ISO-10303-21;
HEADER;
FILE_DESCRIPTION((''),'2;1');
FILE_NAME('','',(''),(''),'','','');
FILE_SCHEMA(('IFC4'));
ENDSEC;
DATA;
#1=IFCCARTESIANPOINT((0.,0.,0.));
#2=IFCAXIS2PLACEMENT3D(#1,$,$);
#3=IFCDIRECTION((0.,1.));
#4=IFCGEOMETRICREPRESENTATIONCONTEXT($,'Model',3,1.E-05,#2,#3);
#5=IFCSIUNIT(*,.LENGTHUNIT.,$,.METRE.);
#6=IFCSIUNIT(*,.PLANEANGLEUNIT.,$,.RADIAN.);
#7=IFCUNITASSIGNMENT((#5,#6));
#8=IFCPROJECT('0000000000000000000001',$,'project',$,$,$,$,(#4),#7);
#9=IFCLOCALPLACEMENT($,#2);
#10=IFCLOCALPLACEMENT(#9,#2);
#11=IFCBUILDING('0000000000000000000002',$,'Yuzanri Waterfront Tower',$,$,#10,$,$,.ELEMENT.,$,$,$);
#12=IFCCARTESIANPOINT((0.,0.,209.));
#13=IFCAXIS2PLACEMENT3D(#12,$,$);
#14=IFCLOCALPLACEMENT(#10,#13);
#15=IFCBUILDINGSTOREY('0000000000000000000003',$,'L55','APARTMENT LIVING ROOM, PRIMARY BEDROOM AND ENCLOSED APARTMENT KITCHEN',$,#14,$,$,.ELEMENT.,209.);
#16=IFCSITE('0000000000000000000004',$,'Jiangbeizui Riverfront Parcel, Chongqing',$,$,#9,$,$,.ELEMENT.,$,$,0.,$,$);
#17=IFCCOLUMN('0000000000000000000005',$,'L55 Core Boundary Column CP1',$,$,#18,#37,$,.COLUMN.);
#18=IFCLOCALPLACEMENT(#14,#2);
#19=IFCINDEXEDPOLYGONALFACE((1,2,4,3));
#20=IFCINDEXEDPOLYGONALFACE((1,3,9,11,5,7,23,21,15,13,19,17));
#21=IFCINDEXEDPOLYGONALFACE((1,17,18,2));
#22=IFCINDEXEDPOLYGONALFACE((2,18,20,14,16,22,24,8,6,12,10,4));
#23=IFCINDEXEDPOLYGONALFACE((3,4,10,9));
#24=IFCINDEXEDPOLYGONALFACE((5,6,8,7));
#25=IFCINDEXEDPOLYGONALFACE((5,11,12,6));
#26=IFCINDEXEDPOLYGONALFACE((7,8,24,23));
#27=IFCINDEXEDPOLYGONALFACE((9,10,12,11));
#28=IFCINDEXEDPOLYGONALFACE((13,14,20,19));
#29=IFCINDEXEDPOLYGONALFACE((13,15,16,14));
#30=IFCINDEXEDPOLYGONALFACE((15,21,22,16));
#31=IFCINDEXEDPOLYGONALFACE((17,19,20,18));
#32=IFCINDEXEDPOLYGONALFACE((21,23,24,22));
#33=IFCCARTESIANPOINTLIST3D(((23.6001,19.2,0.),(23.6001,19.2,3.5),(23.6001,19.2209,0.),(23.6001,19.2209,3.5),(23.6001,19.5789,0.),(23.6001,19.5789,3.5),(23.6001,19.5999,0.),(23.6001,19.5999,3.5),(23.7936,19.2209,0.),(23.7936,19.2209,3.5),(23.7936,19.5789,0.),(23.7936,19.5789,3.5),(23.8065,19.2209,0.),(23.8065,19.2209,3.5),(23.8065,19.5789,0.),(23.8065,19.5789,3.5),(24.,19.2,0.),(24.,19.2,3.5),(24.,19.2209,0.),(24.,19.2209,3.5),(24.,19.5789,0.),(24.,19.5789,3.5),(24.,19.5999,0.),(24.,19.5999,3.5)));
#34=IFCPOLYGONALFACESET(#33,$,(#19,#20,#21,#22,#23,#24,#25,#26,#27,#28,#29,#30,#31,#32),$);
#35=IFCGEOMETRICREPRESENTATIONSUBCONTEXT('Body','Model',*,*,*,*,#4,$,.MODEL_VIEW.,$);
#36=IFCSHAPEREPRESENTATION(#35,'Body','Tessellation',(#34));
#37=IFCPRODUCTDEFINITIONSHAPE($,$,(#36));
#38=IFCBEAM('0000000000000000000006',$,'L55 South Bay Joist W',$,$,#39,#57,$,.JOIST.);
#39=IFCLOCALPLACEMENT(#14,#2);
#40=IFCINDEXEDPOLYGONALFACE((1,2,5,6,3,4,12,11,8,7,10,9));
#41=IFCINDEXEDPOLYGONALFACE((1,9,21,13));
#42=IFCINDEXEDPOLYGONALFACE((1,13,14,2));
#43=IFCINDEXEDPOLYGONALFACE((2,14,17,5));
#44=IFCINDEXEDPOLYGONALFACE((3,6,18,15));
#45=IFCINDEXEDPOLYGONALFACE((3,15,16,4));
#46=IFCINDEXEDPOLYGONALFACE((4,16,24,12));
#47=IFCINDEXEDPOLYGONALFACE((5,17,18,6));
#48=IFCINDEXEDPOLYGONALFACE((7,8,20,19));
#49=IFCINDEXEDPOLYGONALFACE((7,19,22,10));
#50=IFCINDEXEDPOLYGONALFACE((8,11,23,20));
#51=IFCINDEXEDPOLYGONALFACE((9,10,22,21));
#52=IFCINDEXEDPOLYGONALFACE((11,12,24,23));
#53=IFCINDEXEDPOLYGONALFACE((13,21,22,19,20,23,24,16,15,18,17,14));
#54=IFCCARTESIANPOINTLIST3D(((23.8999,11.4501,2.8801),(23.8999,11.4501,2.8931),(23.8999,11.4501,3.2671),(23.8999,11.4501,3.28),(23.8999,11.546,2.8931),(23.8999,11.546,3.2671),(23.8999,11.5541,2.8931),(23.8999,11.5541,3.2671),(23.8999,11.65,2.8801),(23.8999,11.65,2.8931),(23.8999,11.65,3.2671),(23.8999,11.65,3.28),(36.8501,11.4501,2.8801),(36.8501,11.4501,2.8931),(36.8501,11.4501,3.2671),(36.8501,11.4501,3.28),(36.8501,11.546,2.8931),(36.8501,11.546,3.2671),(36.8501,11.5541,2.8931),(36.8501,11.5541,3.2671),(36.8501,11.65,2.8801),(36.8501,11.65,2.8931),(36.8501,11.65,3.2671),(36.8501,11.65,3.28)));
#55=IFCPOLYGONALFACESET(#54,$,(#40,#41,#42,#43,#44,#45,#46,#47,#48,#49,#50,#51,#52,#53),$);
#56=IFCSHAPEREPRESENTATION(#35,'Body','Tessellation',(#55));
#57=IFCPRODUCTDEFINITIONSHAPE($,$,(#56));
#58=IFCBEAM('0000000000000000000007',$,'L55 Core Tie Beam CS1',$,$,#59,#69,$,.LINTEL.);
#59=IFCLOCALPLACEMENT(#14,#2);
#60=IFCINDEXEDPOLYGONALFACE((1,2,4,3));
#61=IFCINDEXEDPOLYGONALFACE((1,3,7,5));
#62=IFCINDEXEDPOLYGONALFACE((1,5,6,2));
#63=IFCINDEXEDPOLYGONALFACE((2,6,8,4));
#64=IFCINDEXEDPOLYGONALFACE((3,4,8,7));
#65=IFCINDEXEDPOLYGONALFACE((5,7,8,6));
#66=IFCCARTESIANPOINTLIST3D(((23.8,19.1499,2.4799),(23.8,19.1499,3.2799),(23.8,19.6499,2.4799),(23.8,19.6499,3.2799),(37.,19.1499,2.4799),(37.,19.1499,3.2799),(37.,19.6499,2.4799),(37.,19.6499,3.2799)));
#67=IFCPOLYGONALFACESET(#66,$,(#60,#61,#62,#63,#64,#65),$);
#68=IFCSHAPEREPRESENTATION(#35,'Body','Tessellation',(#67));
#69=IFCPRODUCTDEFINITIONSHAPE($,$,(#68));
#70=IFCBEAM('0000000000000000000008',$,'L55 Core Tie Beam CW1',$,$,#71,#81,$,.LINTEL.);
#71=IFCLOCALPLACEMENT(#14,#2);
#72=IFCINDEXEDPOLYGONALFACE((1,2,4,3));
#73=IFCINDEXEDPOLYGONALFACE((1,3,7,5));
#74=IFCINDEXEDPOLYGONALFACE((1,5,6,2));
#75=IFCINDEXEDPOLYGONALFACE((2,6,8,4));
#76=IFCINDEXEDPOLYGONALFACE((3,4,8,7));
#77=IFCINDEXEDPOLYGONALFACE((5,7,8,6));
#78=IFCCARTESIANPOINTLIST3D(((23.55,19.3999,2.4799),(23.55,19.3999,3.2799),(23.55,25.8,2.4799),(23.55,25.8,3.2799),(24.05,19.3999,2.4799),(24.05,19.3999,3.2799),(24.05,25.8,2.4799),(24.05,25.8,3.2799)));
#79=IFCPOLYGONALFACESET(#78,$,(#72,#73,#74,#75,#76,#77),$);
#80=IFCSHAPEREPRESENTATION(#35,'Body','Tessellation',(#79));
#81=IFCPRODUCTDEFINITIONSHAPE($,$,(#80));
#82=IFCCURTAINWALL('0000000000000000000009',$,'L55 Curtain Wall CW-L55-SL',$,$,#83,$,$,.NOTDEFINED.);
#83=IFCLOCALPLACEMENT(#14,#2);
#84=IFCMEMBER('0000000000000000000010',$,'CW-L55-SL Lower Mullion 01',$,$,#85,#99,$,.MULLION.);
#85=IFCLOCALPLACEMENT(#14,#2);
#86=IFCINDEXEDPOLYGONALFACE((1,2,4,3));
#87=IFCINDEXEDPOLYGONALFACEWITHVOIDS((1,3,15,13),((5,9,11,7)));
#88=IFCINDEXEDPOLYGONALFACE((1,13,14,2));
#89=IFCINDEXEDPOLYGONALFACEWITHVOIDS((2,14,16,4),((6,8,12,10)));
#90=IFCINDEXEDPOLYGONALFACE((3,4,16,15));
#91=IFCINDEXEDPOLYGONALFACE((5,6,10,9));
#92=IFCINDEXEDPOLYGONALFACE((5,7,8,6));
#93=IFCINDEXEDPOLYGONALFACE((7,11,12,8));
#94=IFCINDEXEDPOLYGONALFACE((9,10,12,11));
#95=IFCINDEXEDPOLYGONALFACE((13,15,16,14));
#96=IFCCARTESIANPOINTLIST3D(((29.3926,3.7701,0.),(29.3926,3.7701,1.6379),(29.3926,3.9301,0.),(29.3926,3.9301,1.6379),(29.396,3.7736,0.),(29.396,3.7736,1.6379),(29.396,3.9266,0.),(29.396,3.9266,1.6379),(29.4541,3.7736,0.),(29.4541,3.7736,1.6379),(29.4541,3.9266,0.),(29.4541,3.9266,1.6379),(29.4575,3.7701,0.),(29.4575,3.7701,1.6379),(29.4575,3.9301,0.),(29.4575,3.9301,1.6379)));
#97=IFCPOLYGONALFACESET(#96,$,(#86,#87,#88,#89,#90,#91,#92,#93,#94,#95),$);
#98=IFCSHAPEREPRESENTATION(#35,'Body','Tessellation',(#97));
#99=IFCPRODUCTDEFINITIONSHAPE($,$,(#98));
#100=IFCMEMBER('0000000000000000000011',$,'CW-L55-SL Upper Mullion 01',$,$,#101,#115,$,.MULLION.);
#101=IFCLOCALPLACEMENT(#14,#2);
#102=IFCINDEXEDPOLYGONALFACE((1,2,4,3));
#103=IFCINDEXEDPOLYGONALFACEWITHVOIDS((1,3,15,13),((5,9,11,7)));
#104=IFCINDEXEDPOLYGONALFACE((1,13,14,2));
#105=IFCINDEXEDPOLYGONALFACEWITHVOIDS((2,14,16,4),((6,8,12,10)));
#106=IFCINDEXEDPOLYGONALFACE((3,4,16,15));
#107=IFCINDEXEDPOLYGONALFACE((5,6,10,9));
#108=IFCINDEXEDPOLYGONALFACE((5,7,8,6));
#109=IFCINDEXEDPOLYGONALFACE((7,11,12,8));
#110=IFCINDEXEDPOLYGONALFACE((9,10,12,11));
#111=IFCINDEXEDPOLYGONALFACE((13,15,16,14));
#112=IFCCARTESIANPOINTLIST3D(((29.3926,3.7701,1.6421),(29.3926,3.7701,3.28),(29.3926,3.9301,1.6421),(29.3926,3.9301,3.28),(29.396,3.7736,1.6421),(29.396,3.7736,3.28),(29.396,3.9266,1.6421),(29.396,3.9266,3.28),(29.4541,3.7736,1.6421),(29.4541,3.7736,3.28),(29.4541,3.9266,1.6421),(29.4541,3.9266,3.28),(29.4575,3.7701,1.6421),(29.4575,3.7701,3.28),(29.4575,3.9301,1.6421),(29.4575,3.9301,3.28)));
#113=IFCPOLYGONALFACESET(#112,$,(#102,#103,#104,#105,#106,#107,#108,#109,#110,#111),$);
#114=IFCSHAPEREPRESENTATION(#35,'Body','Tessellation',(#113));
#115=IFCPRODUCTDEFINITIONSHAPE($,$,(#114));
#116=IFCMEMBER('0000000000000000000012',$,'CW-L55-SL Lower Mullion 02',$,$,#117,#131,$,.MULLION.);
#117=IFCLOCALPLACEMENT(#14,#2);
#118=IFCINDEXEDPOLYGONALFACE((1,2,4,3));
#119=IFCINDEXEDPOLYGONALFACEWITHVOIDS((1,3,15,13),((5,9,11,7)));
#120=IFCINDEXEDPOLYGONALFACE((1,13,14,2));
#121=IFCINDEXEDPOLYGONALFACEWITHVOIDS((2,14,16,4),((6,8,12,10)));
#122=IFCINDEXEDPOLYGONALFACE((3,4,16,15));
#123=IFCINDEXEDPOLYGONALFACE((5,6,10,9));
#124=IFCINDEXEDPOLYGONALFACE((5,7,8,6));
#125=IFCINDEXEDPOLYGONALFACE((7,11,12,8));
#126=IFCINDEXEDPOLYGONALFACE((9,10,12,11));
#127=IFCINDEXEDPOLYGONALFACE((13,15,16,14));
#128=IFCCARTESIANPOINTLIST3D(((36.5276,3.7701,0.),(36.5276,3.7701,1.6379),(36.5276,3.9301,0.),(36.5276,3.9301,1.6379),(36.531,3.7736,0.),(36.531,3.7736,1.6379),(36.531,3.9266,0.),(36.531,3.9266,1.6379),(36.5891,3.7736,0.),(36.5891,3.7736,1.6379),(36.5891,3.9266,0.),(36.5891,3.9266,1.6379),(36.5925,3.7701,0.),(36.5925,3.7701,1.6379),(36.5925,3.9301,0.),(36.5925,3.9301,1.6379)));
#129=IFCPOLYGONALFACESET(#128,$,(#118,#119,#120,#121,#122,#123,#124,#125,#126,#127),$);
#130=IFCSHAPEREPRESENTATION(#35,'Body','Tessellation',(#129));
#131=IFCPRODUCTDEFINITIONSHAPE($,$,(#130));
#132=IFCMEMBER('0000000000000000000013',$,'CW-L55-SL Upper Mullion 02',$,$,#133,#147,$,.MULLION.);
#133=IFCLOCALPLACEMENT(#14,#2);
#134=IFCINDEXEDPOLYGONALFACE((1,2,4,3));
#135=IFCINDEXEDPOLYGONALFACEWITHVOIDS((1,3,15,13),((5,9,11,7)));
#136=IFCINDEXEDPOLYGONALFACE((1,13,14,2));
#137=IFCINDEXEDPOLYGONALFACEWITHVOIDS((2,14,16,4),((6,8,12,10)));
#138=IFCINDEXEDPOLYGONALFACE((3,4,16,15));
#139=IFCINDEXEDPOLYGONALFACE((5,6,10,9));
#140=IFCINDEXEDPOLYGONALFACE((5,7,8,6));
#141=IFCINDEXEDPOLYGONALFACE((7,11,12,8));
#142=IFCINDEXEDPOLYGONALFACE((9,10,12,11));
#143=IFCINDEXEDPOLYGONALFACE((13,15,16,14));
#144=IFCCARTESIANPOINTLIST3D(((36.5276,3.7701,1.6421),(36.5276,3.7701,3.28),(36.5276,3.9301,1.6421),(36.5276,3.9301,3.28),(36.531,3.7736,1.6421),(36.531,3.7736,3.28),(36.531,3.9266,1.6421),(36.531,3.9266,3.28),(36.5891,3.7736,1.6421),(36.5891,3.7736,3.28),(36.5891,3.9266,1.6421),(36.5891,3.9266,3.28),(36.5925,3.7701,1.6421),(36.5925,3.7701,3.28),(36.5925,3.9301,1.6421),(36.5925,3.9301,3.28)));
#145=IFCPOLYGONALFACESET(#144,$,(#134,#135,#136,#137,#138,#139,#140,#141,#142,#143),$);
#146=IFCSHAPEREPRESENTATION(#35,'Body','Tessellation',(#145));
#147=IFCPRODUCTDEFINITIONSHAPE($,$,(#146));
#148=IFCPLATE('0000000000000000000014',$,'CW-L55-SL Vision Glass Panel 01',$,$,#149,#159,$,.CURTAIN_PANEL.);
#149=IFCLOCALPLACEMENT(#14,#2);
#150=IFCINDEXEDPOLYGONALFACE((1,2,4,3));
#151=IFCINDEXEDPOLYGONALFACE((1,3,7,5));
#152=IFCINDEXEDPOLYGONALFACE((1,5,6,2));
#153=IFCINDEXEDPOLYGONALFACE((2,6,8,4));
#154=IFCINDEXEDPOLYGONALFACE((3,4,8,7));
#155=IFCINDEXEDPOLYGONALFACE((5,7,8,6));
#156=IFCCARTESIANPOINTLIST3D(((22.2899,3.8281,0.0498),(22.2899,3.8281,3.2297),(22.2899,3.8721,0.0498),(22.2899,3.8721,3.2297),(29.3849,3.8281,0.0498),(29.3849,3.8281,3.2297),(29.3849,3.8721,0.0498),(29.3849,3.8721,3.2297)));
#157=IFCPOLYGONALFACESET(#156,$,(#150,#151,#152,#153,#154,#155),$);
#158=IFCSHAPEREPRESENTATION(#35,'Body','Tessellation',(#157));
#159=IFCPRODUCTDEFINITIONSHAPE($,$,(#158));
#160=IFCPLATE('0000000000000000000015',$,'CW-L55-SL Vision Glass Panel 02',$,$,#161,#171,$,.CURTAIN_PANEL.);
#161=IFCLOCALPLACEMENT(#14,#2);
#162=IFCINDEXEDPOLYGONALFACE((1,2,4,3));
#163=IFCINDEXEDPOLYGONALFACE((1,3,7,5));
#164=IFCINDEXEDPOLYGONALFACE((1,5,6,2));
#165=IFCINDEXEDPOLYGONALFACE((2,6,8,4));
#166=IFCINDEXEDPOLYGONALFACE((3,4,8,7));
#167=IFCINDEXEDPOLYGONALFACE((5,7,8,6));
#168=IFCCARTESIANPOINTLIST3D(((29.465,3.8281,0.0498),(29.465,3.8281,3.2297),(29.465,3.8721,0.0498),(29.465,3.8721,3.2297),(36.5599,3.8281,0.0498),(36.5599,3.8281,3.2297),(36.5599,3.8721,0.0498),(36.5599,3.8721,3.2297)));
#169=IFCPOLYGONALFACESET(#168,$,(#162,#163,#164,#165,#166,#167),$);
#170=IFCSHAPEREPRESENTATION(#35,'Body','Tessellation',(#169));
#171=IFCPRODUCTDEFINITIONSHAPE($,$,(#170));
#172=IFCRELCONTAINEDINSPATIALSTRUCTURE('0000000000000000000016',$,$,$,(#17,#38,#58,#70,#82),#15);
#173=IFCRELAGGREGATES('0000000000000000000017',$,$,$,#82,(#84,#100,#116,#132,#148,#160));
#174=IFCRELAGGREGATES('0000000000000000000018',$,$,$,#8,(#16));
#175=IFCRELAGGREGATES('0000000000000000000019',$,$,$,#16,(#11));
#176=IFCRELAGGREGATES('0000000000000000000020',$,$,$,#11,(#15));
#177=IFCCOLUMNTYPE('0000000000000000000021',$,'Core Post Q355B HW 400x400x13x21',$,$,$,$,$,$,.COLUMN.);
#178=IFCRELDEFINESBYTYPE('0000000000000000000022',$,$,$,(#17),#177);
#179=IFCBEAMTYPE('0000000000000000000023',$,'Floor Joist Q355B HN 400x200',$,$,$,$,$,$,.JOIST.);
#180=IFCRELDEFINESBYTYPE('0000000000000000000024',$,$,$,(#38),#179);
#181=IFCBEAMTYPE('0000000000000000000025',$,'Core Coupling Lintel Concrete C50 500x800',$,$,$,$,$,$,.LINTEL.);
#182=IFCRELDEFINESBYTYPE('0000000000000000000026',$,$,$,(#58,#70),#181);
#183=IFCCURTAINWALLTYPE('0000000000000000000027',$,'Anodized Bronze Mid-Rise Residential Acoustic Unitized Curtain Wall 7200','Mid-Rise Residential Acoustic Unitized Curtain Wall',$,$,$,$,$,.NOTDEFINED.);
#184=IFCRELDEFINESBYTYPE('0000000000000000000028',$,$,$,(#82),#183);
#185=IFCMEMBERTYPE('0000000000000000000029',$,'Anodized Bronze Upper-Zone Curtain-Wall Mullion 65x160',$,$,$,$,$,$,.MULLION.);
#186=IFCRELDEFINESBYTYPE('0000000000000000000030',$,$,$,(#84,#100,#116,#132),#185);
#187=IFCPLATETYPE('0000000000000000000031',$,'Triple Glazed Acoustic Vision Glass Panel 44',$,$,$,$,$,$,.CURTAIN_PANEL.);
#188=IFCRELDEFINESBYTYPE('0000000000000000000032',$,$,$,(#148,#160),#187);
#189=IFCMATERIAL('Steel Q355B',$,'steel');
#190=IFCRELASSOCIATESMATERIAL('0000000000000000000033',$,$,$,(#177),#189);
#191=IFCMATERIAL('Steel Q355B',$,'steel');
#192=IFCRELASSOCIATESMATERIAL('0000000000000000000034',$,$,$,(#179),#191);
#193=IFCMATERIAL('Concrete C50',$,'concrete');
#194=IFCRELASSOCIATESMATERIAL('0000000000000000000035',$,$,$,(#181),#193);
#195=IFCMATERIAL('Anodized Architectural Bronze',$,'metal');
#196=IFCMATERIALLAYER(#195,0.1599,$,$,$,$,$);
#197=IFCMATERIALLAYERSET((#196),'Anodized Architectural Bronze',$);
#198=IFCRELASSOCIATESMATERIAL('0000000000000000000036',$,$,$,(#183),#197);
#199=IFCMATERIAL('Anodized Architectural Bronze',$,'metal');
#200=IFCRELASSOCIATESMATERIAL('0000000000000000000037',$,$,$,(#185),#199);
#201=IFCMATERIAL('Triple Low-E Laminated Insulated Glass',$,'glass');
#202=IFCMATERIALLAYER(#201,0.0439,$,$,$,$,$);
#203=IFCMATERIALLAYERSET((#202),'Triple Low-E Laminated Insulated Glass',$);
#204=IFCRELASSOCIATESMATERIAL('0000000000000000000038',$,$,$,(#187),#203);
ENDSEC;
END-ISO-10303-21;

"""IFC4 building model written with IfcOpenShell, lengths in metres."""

from ifc_helpers import new_model, si_unit, direction, frame, origin, origin_2d, place, context, subcontext, project, spatial, rectangle, hollow_rectangle, i_section, extrude, source, transform, mapped, material, layer, layer_set, material_profile, profile_set, type_object, element, aggregate, save


model = new_model("IFC4")

# Units and contexts
model_context = context("Model", 3, precision=1e-05, world=origin(), true_north=direction((0.0, 1.0)))
body_context = subcontext(model_context, "Body", "Model", "MODEL_VIEW")
ifc_project = project(units=[si_unit("LENGTHUNIT", "METRE"), si_unit("PLANEANGLEUNIT", "RADIAN")], contexts=[model_context])

# Site, building, storey
site_placement = place(None, origin())
site = spatial("IfcSite", under=ifc_project, at=site_placement, Name="Jiangbeizui Riverfront Parcel, Chongqing", CompositionType="ELEMENT", RefElevation=0.0)
building_placement = place(site_placement, origin())
building = spatial("IfcBuilding", under=site, at=building_placement, Name="Yuzanri Waterfront Tower", CompositionType="ELEMENT")
storey_placement = place(building_placement, frame((0.0, 0.0, 209.0)))
storey = spatial("IfcBuildingStorey", under=building, at=storey_placement, Name="L55", Description="APARTMENT LIVING ROOM, PRIMARY BEDROOM AND ENCLOSED APARTMENT KITCHEN", CompositionType="ELEMENT", Elevation=209.0)

# Column
ifc_material_1 = material(Name="Steel Q355B", Category="steel")
ifc_material_profile_1 = material_profile(ifc_material_1, i_section(OverallWidth=0.3999, OverallDepth=0.3999, WebThickness=0.0129, FlangeThickness=0.021, at=origin_2d()), Name="HW 400x400x13x21")
ifc_profile_set_1 = profile_set([ifc_material_profile_1], Name="Steel Q355B")
column_type = type_object("IfcColumnType", Name="Core Post Q355B HW 400x400x13x21", PredefinedType="COLUMN", material=ifc_profile_set_1)
shared_shape_1 = source(origin(), body_context, "Body", "SweptSolid", [
    extrude(i_section(OverallWidth=0.3999, OverallDepth=0.3999, WebThickness=0.0129, FlangeThickness=0.021, at=origin_2d()), origin(), (0.0, 0.0, 1.0), 3.5),
])
column_placement = place(storey_placement, frame((23.8, 19.3999, 0.0), z_axis=(0.0, 0.0, 1.0), x_axis=(1.0, 0.0, 0.0)))
element("IfcColumn", 1, at=column_placement, inside=storey, type_object=column_type, Name="L55 Core Boundary Column CP1", PredefinedType="COLUMN", context=body_context, shape_type="MappedRepresentation", body=[
    mapped(shared_shape_1, transform((0.0, 0.0, 0.0), scale=1.0)),
])

# Beams
ifc_material_2 = material(Name="Steel Q355B", Category="steel")
ifc_material_profile_2 = material_profile(ifc_material_2, i_section(OverallWidth=0.2, OverallDepth=0.3999, WebThickness=0.0081, FlangeThickness=0.0129, at=origin_2d()), Name="HN 400x200x8x13")
ifc_profile_set_2 = profile_set([ifc_material_profile_2], Name="Steel Q355B")
beam_type_1 = type_object("IfcBeamType", Name="Floor Joist Q355B HN 400x200", PredefinedType="JOIST", material=ifc_profile_set_2)
shared_shape_2 = source(origin(), body_context, "Body", "SweptSolid", [
    extrude(i_section(OverallWidth=0.2, OverallDepth=0.3999, WebThickness=0.0081, FlangeThickness=0.0129, at=origin_2d()), origin(), (0.0, 0.0, 1.0), 12.9502),
])
beam_1_placement = place(storey_placement, frame((23.8999, 11.55, 3.0801), z_axis=(1.0, 0.0, 0.0), x_axis=(0.0, 1.0, 0.0)))
element("IfcBeam", 2, at=beam_1_placement, inside=storey, type_object=beam_type_1, Name="L55 South Bay Joist W", PredefinedType="JOIST", context=body_context, shape_type="MappedRepresentation", body=[
    mapped(shared_shape_2, transform((0.0, 0.0, 0.0), scale=1.0)),
])
ifc_material_3 = material(Name="Concrete C50", Category="concrete")
ifc_material_profile_3 = material_profile(ifc_material_3, rectangle(XDim=0.5, YDim=0.8, at=origin_2d()), Name="RC 500x800")
ifc_profile_set_3 = profile_set([ifc_material_profile_3], Name="Concrete C50")
beam_type_2 = type_object("IfcBeamType", Name="Core Coupling Lintel Concrete C50 500x800", PredefinedType="LINTEL", material=ifc_profile_set_3)
shared_shape_3 = source(origin(), body_context, "Body", "SweptSolid", [
    extrude(rectangle(XDim=0.5, YDim=0.8, at=origin_2d()), origin(), (0.0, 0.0, 1.0), 13.2),
])
beam_2_placement = place(storey_placement, frame((23.8, 19.3999, 2.8799), z_axis=(1.0, 0.0, 0.0), x_axis=(0.0, 1.0, 0.0)))
element("IfcBeam", 3, at=beam_2_placement, inside=storey, type_object=beam_type_2, Name="L55 Core Tie Beam CS1", PredefinedType="LINTEL", context=body_context, shape_type="MappedRepresentation", body=[
    mapped(shared_shape_3, transform((0.0, 0.0, 0.0), scale=1.0)),
])
shared_shape_4 = source(origin(), body_context, "Body", "SweptSolid", [
    extrude(rectangle(XDim=0.5, YDim=0.8, at=origin_2d()), origin(), (0.0, 0.0, 1.0), 6.4001),
])
beam_3_placement = place(storey_placement, frame((23.8, 19.3999, 2.8799), z_axis=(0.0, 1.0, 0.0), x_axis=(-1.0, 0.0, 0.0)))
element("IfcBeam", 4, at=beam_3_placement, inside=storey, type_object=beam_type_2, Name="L55 Core Tie Beam CW1", PredefinedType="LINTEL", context=body_context, shape_type="MappedRepresentation", body=[
    mapped(shared_shape_4, transform((0.0, 0.0, 0.0), scale=1.0)),
])

# Curtain wall, members, plates
ifc_material_4 = material(Name="Anodized Architectural Bronze", Category="metal")
ifc_layer_1 = layer(ifc_material_4, 0.1599)
ifc_layer_set_1 = layer_set([ifc_layer_1], Name="Anodized Architectural Bronze")
curtain_wall_type = type_object("IfcCurtainWallType", Name="Anodized Bronze Mid-Rise Residential Acoustic Unitized Curtain Wall 7200", Description="Mid-Rise Residential Acoustic Unitized Curtain Wall", PredefinedType="NOTDEFINED", material=ifc_layer_set_1)
curtain_wall_placement = place(storey_placement, origin())
curtain_wall = element("IfcCurtainWall", 5, at=curtain_wall_placement, inside=storey, type_object=curtain_wall_type, Name="L55 Curtain Wall CW-L55-SL", PredefinedType="NOTDEFINED")
ifc_material_5 = material(Name="Anodized Architectural Bronze", Category="metal")
ifc_material_profile_4 = material_profile(ifc_material_5, hollow_rectangle(XDim=0.0649, YDim=0.1599, WallThickness=0.0034, at=origin_2d()), Name="CWM 65x160")
ifc_profile_set_4 = profile_set([ifc_material_profile_4], Name="Anodized Architectural Bronze")
member_type = type_object("IfcMemberType", Name="Anodized Bronze Upper-Zone Curtain-Wall Mullion 65x160", PredefinedType="MULLION", material=ifc_profile_set_4)
shared_shape_5 = source(origin(), body_context, "Body", "SweptSolid", [
    extrude(hollow_rectangle(XDim=0.0649, YDim=0.1599, WallThickness=0.0034, at=origin_2d()), origin(), (0.0, 0.0, 1.0), 1.6379),
])
member_1_placement = place(storey_placement, frame((29.425, 3.8501, 0.0), z_axis=(0.0, 0.0, 1.0), x_axis=(1.0, 0.0, 0.0)))
member_1 = element("IfcMember", 6, at=member_1_placement, type_object=member_type, Name="CW-L55-SL Lower Mullion 01", PredefinedType="MULLION", context=body_context, shape_type="MappedRepresentation", body=[
    mapped(shared_shape_5, transform((0.0, 0.0, 0.0), scale=1.0)),
])
member_2_placement = place(storey_placement, frame((29.425, 3.8501, 1.6421), z_axis=(0.0, 0.0, 1.0), x_axis=(1.0, 0.0, 0.0)))
member_2 = element("IfcMember", 7, at=member_2_placement, type_object=member_type, Name="CW-L55-SL Upper Mullion 01", PredefinedType="MULLION", context=body_context, shape_type="MappedRepresentation", body=[
    mapped(shared_shape_5, transform((0.0, 0.0, 0.0), scale=1.0)),
])
member_3_placement = place(storey_placement, frame((36.5601, 3.8501, 0.0), z_axis=(0.0, 0.0, 1.0), x_axis=(1.0, 0.0, 0.0)))
member_3 = element("IfcMember", 8, at=member_3_placement, type_object=member_type, Name="CW-L55-SL Lower Mullion 02", PredefinedType="MULLION", context=body_context, shape_type="MappedRepresentation", body=[
    mapped(shared_shape_5, transform((0.0, 0.0, 0.0), scale=1.0)),
])
member_4_placement = place(storey_placement, frame((36.5601, 3.8501, 1.6421), z_axis=(0.0, 0.0, 1.0), x_axis=(1.0, 0.0, 0.0)))
member_4 = element("IfcMember", 9, at=member_4_placement, type_object=member_type, Name="CW-L55-SL Upper Mullion 02", PredefinedType="MULLION", context=body_context, shape_type="MappedRepresentation", body=[
    mapped(shared_shape_5, transform((0.0, 0.0, 0.0), scale=1.0)),
])
ifc_material_6 = material(Name="Triple Low-E Laminated Insulated Glass", Category="glass")
ifc_layer_2 = layer(ifc_material_6, 0.0439)
ifc_layer_set_2 = layer_set([ifc_layer_2], Name="Triple Low-E Laminated Insulated Glass")
plate_type = type_object("IfcPlateType", Name="Triple Glazed Acoustic Vision Glass Panel 44", PredefinedType="CURTAIN_PANEL", material=ifc_layer_set_2)
shared_shape_6 = source(origin(), body_context, "Body", "SweptSolid", [
    extrude(rectangle(XDim=7.095, YDim=0.0439, at=origin_2d()), origin(), (0.0, 0.0, 1.0), 3.1799),
])
plate_1_placement = place(storey_placement, frame((25.8374, 3.8501, 0.0498), z_axis=(0.0, 0.0, 1.0), x_axis=(1.0, 0.0, 0.0)))
plate_1 = element("IfcPlate", 10, at=plate_1_placement, type_object=plate_type, Name="CW-L55-SL Vision Glass Panel 01", PredefinedType="CURTAIN_PANEL", context=body_context, shape_type="MappedRepresentation", body=[
    mapped(shared_shape_6, transform((0.0, 0.0, 0.0), scale=1.0)),
])
plate_2_placement = place(storey_placement, frame((33.0125, 3.8501, 0.0498), z_axis=(0.0, 0.0, 1.0), x_axis=(1.0, 0.0, 0.0)))
plate_2 = element("IfcPlate", 11, at=plate_2_placement, type_object=plate_type, Name="CW-L55-SL Vision Glass Panel 02", PredefinedType="CURTAIN_PANEL", context=body_context, shape_type="MappedRepresentation", body=[
    mapped(shared_shape_6, transform((0.0, 0.0, 0.0), scale=1.0)),
])
aggregate(curtain_wall, [member_1, member_2, member_3, member_4, plate_1, plate_2])

save(model, "model.ifc")
